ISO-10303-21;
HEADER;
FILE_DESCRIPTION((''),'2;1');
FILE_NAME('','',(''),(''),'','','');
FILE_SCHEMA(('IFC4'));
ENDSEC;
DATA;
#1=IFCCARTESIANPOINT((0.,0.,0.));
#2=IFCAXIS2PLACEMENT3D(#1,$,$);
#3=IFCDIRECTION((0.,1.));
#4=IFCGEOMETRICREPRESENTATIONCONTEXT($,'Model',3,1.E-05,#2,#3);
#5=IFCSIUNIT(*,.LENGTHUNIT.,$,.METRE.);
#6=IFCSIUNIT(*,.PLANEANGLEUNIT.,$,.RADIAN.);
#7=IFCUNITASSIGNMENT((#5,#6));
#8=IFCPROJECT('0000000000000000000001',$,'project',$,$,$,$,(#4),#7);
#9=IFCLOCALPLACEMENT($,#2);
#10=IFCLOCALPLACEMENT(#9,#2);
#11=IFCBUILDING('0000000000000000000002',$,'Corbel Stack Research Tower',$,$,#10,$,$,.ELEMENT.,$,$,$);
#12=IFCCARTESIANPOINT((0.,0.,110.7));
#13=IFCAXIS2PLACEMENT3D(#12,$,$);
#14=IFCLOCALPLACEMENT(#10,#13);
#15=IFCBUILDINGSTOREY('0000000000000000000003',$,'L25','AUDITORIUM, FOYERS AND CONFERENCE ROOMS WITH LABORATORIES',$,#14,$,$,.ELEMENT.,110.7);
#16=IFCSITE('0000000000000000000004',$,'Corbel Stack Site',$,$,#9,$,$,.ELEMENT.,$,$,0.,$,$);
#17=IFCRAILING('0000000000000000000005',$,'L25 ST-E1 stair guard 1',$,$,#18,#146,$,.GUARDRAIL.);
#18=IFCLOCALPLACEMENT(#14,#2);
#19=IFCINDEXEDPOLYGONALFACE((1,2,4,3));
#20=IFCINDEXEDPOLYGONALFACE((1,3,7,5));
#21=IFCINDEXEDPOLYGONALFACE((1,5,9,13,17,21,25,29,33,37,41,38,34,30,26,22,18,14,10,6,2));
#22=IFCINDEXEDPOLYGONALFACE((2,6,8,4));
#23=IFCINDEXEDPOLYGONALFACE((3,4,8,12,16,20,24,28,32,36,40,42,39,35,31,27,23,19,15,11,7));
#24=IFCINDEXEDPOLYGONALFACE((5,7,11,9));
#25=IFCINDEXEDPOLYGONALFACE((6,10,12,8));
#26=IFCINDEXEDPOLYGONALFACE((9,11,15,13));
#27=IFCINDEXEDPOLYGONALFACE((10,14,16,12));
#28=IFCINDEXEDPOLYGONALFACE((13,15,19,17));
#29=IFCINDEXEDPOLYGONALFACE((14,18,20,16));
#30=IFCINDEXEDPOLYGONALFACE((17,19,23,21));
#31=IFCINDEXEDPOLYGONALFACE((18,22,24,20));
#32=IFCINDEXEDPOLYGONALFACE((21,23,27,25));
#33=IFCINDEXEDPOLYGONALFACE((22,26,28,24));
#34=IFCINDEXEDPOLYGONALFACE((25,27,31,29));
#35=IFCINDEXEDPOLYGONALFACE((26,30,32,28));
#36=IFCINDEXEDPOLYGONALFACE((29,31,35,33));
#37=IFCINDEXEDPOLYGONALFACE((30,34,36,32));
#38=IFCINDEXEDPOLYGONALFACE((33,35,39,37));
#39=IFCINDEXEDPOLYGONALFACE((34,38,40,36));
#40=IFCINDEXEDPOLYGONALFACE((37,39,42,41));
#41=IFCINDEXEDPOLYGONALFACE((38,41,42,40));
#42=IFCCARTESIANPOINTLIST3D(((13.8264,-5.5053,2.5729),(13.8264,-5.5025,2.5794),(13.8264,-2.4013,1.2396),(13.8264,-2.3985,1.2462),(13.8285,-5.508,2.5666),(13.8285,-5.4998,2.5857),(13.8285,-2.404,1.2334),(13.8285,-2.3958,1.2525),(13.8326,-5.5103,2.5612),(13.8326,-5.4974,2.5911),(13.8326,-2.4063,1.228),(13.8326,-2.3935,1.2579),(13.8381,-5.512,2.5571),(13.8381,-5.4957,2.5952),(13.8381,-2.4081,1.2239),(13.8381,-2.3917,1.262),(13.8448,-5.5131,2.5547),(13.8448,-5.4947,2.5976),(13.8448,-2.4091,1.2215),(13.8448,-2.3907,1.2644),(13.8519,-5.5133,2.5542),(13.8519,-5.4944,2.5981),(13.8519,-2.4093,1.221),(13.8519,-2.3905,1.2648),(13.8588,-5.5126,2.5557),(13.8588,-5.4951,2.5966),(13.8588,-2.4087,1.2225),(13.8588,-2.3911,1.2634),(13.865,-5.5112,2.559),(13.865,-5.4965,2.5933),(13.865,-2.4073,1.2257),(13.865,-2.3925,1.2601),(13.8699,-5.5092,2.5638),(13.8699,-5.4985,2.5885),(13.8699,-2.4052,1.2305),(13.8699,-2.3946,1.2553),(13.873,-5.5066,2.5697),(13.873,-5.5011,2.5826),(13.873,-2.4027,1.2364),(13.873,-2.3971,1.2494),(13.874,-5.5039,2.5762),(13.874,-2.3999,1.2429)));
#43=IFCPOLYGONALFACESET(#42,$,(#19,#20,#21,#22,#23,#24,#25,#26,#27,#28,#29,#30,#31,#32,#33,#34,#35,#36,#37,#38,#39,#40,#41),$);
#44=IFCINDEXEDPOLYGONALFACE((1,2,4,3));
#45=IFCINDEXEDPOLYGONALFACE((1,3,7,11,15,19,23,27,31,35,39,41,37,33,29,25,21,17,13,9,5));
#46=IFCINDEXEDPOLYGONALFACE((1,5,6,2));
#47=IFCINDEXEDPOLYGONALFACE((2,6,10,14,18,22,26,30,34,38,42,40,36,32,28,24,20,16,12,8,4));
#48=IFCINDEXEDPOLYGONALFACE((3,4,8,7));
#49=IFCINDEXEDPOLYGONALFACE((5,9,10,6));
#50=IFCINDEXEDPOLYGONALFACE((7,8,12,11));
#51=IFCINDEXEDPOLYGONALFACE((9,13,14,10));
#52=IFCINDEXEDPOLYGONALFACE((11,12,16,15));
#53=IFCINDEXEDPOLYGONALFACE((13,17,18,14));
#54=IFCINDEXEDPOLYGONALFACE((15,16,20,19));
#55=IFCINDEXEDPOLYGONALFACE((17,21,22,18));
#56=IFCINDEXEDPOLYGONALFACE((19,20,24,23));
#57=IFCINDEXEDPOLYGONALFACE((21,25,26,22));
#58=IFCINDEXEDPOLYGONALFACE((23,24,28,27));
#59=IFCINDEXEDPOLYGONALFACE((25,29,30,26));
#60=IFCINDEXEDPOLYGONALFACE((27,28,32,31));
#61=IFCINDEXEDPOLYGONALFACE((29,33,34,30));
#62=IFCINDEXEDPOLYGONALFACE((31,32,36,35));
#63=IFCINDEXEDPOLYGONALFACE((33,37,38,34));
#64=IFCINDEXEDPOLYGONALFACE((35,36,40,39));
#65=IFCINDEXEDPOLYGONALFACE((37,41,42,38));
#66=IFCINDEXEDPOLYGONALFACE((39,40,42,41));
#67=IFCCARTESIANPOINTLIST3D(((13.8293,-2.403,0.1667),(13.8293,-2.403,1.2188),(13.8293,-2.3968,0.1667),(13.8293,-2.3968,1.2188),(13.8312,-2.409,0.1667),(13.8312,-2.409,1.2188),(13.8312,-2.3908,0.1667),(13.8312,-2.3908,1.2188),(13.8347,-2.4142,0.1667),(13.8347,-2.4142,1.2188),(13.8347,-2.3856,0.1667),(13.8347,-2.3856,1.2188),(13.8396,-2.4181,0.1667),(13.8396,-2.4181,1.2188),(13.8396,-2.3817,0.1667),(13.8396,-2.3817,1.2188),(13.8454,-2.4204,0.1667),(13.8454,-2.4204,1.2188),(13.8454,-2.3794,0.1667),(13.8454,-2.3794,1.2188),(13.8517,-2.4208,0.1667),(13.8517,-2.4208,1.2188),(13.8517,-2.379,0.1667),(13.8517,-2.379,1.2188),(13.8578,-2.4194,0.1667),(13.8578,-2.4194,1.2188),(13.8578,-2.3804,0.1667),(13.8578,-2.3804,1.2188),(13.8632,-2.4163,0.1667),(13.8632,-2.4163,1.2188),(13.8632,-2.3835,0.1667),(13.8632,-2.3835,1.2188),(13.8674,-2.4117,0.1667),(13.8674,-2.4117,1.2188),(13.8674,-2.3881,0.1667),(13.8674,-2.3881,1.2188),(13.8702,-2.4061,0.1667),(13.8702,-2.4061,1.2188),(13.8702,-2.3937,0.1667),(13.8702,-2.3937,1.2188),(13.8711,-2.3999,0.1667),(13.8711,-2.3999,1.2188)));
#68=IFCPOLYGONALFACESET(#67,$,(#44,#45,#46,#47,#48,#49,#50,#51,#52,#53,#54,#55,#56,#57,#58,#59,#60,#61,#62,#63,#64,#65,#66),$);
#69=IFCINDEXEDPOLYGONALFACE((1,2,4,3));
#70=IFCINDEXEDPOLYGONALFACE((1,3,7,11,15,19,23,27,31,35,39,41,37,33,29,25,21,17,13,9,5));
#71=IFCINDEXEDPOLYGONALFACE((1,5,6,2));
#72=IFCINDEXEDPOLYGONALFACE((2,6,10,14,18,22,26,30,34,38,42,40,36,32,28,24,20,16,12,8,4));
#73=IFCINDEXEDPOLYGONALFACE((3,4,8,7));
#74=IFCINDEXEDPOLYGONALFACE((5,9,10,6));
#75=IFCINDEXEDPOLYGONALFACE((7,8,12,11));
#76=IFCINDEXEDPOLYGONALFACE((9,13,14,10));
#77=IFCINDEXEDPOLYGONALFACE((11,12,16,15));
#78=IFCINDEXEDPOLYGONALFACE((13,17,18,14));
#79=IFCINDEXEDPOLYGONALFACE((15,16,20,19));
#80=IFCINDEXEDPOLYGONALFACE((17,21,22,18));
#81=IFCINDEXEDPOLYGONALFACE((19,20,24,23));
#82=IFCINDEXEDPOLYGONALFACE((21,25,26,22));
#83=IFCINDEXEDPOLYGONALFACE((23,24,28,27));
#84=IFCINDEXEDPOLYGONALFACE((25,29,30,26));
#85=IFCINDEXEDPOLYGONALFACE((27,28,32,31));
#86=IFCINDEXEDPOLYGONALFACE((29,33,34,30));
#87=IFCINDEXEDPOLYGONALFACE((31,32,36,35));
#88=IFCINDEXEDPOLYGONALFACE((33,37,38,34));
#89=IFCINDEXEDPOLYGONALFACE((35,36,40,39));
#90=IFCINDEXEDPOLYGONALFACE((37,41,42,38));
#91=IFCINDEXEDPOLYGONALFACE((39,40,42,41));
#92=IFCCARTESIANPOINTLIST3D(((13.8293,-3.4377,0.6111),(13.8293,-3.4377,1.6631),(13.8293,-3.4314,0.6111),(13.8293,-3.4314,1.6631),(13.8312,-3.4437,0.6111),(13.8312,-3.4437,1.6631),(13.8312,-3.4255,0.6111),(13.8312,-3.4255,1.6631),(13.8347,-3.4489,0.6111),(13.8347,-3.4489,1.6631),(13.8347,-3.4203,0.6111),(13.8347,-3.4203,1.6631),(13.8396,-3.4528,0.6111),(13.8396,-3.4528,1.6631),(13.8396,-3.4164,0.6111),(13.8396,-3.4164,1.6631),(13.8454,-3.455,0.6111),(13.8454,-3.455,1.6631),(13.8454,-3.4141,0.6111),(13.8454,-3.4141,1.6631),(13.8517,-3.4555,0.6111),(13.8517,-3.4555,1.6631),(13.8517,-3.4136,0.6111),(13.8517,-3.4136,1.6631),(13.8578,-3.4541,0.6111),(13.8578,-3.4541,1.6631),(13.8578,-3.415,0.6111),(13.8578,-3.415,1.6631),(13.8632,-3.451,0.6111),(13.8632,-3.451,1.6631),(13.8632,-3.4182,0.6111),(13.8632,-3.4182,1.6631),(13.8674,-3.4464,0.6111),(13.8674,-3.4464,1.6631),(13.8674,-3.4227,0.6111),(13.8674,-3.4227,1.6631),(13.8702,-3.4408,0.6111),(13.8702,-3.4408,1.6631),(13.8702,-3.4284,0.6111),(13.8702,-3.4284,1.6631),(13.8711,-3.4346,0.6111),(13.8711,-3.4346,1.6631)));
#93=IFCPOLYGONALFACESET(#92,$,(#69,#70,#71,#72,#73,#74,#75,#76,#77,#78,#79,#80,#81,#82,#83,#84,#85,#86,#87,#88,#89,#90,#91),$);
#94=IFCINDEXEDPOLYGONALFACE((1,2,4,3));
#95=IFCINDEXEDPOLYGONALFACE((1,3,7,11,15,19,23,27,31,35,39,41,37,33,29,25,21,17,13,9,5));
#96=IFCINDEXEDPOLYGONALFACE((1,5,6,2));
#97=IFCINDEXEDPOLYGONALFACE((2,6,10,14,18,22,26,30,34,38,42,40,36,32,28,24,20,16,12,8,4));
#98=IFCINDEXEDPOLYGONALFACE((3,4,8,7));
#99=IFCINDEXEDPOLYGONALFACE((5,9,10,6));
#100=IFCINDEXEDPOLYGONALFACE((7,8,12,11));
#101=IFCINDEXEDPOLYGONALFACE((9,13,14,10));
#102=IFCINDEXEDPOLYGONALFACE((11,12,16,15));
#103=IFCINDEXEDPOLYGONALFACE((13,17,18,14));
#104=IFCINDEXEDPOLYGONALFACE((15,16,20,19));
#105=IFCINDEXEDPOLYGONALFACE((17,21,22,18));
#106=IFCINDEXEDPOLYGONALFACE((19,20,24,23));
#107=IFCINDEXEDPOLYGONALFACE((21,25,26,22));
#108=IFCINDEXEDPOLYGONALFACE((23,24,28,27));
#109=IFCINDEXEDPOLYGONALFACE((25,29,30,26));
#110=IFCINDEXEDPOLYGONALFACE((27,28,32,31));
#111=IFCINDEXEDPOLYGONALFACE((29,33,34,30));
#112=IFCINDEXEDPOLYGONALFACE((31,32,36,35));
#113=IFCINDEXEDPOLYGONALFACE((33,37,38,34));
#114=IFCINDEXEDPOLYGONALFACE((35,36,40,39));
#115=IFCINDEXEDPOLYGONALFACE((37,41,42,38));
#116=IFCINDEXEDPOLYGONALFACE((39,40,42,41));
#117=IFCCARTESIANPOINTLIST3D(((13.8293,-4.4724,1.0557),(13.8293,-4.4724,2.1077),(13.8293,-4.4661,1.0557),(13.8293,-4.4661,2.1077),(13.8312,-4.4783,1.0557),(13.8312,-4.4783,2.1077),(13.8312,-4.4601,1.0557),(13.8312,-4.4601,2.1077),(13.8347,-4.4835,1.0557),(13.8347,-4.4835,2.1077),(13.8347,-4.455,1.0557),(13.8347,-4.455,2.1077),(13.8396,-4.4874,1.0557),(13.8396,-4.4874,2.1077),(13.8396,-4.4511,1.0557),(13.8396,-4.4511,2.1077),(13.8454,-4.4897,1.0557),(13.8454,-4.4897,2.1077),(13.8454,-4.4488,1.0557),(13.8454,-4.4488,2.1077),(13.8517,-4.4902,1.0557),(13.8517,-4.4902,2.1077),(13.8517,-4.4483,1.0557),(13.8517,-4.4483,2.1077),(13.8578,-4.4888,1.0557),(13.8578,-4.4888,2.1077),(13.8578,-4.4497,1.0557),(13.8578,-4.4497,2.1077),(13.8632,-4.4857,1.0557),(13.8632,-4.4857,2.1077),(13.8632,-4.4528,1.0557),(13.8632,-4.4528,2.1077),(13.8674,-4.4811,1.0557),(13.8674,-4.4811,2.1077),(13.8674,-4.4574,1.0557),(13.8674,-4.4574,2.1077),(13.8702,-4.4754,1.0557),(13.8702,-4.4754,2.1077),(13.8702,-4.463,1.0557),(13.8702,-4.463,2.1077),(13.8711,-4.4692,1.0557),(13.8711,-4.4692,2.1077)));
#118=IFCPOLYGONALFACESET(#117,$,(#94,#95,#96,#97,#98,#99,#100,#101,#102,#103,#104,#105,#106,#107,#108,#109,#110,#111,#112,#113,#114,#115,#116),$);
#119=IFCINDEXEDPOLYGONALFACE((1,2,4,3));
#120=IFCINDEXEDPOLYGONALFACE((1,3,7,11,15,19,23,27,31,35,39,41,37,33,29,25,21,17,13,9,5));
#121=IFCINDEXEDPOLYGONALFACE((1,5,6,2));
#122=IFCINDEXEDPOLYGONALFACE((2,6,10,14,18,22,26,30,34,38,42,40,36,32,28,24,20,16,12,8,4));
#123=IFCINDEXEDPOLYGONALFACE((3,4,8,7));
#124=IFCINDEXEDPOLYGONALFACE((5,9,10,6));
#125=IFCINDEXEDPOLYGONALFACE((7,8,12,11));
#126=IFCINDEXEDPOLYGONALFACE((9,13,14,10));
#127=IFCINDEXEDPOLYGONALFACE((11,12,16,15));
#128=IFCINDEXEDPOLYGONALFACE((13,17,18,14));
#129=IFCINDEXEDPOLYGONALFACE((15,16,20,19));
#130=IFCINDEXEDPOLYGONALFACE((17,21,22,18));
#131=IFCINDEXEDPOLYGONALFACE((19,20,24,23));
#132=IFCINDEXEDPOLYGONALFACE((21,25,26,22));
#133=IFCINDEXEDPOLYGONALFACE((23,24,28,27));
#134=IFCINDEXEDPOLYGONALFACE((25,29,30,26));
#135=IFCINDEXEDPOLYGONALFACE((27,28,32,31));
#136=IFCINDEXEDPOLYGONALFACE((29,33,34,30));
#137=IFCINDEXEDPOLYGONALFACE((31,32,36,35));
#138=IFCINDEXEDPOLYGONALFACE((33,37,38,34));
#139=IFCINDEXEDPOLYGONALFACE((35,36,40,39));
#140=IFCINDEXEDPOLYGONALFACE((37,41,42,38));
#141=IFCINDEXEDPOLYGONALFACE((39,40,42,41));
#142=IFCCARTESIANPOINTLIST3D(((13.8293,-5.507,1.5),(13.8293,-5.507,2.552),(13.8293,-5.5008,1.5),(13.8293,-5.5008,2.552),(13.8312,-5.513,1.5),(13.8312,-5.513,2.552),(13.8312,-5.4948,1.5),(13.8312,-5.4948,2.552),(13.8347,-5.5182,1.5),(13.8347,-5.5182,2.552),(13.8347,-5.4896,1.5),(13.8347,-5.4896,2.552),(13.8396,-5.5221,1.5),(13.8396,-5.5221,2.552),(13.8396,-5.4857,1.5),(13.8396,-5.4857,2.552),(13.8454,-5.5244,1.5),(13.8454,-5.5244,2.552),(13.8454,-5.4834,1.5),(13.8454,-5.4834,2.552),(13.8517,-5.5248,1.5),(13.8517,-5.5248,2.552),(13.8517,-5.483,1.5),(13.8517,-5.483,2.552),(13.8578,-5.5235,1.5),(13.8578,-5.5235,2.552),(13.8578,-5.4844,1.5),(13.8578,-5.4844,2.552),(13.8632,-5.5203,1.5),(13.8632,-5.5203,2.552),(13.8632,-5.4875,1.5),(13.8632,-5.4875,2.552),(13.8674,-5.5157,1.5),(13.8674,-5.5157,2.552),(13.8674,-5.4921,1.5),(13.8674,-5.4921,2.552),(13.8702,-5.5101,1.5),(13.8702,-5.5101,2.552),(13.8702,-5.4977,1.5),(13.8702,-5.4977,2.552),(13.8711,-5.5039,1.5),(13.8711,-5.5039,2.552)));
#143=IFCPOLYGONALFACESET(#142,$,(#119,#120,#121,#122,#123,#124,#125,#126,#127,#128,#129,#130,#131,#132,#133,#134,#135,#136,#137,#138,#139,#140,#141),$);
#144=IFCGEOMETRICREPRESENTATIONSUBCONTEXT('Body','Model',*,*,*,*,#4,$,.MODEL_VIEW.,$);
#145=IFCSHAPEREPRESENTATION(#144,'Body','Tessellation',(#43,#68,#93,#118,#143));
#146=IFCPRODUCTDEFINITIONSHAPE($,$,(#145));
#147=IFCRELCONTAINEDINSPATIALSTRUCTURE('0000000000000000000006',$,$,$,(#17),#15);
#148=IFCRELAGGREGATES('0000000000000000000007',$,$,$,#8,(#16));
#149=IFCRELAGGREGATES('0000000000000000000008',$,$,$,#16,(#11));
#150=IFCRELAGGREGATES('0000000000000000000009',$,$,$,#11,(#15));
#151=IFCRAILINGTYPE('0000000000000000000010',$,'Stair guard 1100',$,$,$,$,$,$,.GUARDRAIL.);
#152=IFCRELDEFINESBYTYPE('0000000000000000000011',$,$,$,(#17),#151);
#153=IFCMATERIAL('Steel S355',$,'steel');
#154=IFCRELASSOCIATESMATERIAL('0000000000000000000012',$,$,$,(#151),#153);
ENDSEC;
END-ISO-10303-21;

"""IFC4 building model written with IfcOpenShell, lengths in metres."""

from ifc_helpers import new_model, si_unit, direction, frame, origin, origin_2d, place, context, subcontext, project, spatial, circle, extrude, material, type_object, element, save


model = new_model("IFC4")

# Units and contexts
model_context = context("Model", 3, precision=1e-05, world=origin(), true_north=direction((0.0, 1.0)))
body_context = subcontext(model_context, "Body", "Model", "MODEL_VIEW")
ifc_project = project(units=[si_unit("LENGTHUNIT", "METRE"), si_unit("PLANEANGLEUNIT", "RADIAN")], contexts=[model_context])

# Site, building, storey
site_placement = place(None, origin())
site = spatial("IfcSite", under=ifc_project, at=site_placement, Name="Corbel Stack Site", CompositionType="ELEMENT", RefElevation=0.0)
building_placement = place(site_placement, origin())
building = spatial("IfcBuilding", under=site, at=building_placement, Name="Corbel Stack Research Tower", CompositionType="ELEMENT")
storey_placement = place(building_placement, frame((0.0, 0.0, 110.7)))
storey = spatial("IfcBuildingStorey", under=building, at=storey_placement, Name="L25", Description="AUDITORIUM, FOYERS AND CONFERENCE ROOMS WITH LABORATORIES", CompositionType="ELEMENT", Elevation=110.7)

# Railing
ifc_material_1 = material(Name="Steel S355", Category="steel")
railing_type_1 = type_object("IfcRailingType", Name="Stair guard 1100", PredefinedType="GUARDRAIL", material=ifc_material_1)
railing_1_placement = place(storey_placement, frame((13.8501, -2.3999, 0.1667)))
element("IfcRailing", 1, at=railing_1_placement, inside=storey, type_object=railing_type_1, Name="L25 ST-E1 stair guard 1", PredefinedType="GUARDRAIL", context=body_context, shape_type="SweptSolid", body=[
    extrude(circle(Radius=0.0239, at=origin_2d()), frame((0.0, 0.0, 1.0762), z_axis=(0.0, -0.918827, 0.394661), x_axis=(1.0, 0.0, 0.0)), (0.0, 0.0, 1.0), 3.3782),
    extrude(circle(Radius=0.021, at=origin_2d()), origin(), (0.0, 0.0, 1.0), 1.052),
    extrude(circle(Radius=0.021, at=origin_2d()), frame((0.0, -1.0347, 0.4443)), (0.0, 0.0, 1.0), 1.052),
    extrude(circle(Radius=0.021, at=origin_2d()), frame((0.0, -2.0693, 0.8889)), (0.0, 0.0, 1.0), 1.052),
    extrude(circle(Radius=0.021, at=origin_2d()), frame((0.0, -3.104, 1.3333)), (0.0, 0.0, 1.0), 1.052),
])

save(model, "model.ifc")
